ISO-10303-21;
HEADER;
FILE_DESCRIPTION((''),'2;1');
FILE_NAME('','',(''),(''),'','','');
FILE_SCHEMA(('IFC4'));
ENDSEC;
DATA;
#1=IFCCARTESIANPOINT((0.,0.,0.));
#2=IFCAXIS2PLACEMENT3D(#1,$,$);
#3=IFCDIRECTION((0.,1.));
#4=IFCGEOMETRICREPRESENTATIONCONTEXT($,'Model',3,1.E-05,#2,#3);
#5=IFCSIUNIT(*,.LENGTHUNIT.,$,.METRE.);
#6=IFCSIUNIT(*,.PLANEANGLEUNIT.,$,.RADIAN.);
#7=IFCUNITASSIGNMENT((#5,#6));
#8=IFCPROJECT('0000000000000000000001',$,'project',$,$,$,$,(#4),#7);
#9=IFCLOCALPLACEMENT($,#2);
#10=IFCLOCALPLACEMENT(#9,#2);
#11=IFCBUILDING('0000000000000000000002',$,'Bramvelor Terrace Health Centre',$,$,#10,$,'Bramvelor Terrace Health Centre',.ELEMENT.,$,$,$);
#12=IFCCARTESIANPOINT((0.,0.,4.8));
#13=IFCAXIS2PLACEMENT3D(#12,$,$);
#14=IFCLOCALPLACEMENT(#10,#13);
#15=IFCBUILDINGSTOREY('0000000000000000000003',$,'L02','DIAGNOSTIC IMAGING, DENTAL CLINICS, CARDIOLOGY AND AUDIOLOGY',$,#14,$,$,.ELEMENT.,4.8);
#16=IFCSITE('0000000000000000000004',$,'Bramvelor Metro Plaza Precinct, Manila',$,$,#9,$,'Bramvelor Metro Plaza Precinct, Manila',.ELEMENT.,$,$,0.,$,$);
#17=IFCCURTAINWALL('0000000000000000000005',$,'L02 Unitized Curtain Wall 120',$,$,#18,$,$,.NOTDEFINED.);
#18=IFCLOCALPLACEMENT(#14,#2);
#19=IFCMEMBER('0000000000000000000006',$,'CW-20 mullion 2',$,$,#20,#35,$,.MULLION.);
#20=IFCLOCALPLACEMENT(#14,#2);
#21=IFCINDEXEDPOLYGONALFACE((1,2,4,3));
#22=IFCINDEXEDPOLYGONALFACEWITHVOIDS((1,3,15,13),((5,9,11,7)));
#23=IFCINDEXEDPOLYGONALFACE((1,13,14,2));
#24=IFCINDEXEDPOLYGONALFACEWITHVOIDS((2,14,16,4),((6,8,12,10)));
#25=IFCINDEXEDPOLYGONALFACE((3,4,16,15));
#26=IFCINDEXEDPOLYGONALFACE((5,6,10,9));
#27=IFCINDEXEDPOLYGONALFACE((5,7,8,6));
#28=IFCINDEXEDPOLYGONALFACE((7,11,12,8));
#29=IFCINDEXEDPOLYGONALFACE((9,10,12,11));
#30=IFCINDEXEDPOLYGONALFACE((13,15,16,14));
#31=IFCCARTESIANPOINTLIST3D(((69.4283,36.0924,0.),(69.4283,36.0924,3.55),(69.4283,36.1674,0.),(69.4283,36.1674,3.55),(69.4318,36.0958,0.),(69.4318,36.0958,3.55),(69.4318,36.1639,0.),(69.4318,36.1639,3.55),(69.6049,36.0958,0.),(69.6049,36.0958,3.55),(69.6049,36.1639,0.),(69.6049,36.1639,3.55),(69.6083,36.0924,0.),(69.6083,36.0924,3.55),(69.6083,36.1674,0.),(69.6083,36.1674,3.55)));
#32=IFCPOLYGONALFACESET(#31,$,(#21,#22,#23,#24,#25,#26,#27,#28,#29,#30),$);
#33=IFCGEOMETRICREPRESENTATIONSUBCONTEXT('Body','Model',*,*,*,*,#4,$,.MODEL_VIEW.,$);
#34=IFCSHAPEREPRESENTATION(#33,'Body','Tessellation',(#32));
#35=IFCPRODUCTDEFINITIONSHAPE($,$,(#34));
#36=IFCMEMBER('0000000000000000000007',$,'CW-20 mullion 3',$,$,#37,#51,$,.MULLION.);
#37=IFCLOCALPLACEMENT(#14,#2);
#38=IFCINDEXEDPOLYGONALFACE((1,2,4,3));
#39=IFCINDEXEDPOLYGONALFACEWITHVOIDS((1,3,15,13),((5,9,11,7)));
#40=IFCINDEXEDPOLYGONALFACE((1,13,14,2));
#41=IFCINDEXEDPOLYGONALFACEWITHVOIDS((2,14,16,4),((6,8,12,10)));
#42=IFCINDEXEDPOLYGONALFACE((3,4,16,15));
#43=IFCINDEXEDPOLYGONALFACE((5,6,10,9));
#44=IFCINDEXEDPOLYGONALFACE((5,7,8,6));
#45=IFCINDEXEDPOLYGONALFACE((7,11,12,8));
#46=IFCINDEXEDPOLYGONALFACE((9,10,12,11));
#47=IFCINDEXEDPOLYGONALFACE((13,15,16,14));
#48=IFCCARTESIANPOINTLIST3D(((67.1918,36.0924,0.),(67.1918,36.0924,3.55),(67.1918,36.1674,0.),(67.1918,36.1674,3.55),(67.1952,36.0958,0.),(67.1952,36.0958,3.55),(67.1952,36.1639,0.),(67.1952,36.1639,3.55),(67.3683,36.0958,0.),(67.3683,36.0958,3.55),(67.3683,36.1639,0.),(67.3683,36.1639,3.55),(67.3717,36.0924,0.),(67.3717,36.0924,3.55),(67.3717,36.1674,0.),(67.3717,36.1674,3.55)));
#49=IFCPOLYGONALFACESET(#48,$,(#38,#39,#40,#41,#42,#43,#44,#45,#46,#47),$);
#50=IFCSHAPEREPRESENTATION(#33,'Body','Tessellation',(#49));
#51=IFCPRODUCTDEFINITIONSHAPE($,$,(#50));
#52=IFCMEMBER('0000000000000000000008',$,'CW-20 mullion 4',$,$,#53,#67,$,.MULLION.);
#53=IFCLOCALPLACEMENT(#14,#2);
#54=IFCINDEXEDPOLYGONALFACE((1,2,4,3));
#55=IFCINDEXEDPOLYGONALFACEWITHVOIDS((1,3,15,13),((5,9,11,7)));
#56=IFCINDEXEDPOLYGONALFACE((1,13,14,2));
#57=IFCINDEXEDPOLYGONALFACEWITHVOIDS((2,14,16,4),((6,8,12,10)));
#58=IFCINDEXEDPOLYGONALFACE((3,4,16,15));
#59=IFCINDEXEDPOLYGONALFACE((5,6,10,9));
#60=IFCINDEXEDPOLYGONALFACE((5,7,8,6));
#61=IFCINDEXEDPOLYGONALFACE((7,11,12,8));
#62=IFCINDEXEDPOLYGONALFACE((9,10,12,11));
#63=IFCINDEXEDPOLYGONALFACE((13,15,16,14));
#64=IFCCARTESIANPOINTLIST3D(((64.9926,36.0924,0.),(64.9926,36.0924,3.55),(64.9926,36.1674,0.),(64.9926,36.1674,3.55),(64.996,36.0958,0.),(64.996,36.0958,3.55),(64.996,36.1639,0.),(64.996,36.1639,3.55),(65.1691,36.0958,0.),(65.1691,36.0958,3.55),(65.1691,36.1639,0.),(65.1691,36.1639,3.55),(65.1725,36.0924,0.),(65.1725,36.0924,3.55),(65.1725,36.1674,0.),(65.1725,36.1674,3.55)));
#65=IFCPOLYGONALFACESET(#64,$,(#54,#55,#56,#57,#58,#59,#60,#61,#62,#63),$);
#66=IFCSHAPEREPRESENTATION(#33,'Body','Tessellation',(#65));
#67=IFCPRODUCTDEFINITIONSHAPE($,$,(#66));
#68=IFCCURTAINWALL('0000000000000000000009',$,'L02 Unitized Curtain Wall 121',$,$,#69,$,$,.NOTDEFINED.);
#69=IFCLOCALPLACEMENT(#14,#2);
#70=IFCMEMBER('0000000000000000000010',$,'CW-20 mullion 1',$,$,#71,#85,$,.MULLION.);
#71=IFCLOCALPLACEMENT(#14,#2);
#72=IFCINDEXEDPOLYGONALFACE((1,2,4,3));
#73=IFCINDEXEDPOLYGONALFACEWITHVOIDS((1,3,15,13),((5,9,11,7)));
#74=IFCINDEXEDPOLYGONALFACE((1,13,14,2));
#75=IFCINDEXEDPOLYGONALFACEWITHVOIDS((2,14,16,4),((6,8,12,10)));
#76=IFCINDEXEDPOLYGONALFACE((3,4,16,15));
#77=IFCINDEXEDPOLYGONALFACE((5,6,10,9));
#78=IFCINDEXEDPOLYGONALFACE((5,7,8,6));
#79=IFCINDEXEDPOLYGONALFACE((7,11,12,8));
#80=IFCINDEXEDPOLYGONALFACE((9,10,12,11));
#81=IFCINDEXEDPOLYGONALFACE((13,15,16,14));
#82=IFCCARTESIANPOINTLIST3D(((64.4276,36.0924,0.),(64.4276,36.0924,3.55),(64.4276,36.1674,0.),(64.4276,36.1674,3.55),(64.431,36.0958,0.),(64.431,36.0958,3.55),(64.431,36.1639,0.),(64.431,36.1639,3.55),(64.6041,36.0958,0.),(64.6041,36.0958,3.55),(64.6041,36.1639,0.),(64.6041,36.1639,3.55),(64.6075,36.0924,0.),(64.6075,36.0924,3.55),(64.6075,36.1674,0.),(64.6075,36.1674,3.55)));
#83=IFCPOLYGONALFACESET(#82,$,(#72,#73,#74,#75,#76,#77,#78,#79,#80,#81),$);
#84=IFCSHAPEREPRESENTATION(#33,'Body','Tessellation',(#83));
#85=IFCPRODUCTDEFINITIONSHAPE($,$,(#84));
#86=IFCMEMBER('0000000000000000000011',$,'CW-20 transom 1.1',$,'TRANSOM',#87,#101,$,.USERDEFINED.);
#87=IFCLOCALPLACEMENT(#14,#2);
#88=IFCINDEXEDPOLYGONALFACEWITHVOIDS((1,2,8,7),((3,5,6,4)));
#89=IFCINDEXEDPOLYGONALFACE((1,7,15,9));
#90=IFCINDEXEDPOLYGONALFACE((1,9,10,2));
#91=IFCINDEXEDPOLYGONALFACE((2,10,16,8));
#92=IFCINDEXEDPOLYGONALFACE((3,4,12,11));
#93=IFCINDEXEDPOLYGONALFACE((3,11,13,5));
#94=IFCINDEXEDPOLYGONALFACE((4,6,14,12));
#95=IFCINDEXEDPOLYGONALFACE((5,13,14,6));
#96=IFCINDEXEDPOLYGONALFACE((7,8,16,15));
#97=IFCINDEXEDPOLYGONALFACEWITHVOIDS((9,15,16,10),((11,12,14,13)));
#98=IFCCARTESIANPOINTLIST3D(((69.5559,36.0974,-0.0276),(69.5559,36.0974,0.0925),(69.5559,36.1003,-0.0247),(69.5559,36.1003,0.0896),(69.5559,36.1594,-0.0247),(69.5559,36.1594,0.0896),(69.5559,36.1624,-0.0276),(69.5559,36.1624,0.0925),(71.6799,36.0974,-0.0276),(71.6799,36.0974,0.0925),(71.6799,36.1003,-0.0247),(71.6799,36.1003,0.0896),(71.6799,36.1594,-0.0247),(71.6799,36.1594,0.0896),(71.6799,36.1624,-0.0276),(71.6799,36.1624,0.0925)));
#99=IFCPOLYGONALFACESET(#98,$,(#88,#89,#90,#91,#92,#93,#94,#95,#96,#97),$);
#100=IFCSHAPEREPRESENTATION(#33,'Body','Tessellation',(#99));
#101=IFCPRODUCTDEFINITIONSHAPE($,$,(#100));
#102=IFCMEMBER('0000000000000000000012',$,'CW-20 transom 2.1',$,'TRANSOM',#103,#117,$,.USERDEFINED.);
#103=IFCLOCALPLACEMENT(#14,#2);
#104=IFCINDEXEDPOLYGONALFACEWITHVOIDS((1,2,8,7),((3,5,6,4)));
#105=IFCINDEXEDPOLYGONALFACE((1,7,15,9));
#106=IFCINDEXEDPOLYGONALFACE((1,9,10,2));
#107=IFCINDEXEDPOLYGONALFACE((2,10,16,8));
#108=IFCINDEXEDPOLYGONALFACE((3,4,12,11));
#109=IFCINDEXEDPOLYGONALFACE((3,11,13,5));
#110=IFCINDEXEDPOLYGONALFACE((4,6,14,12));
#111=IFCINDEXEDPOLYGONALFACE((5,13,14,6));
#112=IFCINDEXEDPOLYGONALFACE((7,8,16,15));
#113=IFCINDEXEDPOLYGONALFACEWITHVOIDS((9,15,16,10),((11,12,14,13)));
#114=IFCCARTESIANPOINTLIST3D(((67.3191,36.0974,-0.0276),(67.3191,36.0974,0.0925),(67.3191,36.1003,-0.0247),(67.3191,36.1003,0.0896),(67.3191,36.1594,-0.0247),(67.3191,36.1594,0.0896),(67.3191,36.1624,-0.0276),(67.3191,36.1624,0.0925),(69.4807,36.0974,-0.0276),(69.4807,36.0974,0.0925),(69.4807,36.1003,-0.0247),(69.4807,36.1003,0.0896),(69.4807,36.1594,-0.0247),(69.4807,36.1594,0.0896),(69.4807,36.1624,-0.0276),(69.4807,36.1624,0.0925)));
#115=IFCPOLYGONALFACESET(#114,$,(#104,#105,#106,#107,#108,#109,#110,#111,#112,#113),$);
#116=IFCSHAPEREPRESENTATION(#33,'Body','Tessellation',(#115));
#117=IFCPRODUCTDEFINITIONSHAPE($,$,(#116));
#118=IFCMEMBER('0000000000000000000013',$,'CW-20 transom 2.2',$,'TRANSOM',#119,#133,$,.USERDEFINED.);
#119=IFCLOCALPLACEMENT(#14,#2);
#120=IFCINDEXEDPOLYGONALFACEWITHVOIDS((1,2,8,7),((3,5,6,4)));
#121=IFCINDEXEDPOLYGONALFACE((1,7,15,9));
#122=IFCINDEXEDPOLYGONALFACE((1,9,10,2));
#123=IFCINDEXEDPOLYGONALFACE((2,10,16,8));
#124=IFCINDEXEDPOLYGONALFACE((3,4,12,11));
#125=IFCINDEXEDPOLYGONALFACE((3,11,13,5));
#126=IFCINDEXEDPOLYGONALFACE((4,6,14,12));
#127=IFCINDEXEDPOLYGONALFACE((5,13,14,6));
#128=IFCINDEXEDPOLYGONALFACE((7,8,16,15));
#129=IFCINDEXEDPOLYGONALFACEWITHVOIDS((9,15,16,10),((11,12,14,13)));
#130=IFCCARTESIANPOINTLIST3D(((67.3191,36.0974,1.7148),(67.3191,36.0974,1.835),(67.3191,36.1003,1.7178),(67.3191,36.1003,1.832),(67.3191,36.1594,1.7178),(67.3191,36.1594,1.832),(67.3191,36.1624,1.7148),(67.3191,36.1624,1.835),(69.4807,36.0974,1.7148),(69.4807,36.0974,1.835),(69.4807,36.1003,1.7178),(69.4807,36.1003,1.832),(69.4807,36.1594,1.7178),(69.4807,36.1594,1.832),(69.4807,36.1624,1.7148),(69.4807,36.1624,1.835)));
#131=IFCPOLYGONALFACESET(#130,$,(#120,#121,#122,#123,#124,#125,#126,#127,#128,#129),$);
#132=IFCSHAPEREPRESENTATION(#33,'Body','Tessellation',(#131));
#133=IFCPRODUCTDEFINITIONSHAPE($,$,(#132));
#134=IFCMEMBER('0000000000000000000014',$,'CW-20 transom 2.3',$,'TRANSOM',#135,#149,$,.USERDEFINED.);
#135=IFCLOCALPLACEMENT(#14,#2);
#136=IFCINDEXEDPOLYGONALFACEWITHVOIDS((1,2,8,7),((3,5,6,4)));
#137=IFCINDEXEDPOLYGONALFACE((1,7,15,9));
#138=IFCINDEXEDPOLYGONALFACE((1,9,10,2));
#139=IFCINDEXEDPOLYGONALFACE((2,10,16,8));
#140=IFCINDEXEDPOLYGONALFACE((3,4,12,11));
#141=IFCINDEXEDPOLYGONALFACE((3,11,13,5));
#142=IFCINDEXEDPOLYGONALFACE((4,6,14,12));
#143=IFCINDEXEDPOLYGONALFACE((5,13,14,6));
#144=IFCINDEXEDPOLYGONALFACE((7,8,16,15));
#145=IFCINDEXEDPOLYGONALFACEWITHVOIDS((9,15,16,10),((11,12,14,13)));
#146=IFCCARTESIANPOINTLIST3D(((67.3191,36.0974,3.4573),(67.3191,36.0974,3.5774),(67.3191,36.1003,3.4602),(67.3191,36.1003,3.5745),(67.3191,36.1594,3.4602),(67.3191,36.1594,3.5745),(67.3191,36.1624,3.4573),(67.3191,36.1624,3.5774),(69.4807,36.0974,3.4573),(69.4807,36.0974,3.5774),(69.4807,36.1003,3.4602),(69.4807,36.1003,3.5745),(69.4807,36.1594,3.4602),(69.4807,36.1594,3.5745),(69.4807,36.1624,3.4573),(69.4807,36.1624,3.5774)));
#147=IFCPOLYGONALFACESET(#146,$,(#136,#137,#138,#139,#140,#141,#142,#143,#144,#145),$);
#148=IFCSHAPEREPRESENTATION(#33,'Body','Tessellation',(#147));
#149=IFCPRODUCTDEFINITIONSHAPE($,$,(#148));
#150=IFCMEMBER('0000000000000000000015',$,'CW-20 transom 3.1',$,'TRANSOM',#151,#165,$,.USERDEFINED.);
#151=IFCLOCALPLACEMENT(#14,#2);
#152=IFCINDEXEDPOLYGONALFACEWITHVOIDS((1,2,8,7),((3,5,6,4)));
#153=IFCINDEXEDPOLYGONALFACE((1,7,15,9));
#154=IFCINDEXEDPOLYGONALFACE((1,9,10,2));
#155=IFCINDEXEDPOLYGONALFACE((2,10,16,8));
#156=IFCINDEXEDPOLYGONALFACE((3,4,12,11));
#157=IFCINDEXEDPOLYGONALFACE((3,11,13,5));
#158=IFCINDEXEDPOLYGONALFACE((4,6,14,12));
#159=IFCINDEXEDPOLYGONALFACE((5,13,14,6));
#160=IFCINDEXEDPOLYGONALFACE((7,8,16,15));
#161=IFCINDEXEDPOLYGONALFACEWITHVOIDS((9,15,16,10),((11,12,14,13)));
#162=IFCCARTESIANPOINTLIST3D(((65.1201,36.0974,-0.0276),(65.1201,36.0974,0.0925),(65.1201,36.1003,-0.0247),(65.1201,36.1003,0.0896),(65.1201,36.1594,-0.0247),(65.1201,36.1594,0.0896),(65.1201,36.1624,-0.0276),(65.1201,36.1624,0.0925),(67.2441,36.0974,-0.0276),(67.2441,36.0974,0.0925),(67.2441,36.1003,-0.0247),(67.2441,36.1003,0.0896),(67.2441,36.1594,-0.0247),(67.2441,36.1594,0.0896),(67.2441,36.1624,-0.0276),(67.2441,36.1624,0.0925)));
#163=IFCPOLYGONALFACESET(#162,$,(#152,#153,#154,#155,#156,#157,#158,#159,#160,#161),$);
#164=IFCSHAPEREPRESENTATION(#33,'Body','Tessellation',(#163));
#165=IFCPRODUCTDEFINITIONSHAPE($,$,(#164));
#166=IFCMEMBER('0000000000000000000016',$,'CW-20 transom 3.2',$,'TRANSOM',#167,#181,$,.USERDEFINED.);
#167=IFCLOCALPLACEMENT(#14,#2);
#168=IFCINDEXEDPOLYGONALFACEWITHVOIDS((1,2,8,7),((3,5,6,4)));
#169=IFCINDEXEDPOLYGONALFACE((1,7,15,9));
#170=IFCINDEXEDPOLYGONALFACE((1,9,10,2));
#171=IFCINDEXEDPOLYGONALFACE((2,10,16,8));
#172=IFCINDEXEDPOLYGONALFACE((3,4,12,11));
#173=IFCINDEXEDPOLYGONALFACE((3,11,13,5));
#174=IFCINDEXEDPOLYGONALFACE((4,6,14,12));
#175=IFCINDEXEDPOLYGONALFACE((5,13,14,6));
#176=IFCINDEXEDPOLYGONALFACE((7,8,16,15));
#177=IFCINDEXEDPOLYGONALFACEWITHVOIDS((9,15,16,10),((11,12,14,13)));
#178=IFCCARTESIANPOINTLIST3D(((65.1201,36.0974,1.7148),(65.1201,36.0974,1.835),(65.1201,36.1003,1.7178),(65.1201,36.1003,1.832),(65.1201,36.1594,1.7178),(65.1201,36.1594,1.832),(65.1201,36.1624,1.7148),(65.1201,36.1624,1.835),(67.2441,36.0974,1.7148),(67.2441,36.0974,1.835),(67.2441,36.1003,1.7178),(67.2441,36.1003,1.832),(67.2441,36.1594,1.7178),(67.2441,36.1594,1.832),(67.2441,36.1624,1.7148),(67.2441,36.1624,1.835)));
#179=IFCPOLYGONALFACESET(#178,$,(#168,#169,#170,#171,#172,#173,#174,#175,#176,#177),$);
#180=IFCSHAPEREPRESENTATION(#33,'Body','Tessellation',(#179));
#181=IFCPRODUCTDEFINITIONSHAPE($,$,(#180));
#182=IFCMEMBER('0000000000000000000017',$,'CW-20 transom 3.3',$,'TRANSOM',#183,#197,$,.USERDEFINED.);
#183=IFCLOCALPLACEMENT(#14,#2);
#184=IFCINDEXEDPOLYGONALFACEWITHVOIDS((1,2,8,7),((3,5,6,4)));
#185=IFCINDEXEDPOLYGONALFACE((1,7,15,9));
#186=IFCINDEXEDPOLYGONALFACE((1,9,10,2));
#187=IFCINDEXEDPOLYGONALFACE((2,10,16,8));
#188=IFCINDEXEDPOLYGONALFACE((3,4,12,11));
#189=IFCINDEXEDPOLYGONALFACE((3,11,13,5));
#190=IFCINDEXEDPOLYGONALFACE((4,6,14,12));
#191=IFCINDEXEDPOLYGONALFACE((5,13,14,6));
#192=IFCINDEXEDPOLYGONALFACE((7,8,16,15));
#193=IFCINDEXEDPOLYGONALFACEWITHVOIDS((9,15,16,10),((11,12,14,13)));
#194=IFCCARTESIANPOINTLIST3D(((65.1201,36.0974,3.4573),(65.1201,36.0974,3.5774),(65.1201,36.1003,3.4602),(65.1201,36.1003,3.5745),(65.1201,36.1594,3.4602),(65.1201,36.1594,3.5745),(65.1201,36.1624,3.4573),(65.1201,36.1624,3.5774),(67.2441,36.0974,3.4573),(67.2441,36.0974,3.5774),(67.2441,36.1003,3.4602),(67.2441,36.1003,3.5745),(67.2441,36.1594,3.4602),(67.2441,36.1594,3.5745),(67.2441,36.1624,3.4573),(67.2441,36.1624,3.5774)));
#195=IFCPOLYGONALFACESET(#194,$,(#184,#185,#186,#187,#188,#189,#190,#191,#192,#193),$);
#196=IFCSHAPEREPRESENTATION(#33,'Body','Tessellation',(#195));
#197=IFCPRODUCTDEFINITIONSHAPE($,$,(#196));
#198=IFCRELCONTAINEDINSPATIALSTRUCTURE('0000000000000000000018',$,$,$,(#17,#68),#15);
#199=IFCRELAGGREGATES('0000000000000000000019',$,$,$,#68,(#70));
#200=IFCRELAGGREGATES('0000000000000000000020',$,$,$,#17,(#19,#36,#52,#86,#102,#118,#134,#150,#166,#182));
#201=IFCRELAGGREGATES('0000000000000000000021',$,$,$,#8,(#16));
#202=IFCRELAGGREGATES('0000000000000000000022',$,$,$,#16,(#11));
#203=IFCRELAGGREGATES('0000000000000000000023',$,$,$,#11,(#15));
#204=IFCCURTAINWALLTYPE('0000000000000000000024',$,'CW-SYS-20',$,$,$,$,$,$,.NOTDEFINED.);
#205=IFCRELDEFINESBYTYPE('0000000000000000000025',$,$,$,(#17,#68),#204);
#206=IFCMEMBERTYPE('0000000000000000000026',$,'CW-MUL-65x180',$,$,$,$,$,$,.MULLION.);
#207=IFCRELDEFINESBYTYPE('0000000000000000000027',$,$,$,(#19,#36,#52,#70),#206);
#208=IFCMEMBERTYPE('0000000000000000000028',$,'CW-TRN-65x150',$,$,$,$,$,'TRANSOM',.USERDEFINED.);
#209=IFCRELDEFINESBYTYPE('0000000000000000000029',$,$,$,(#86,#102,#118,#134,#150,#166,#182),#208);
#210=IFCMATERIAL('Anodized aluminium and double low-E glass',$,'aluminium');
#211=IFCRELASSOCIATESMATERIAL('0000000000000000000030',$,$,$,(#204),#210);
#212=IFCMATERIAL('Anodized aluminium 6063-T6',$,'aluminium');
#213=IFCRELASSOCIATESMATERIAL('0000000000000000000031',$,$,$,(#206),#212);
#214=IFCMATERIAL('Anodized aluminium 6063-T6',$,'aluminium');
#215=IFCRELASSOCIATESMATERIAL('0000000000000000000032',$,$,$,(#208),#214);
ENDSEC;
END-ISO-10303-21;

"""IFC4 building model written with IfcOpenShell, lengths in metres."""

from ifc_helpers import new_model, si_unit, direction, frame, origin, origin_2d, place, context, subcontext, project, spatial, hollow_rectangle, extrude, material, material_profile, profile_set, type_object, element, aggregate, save


model = new_model("IFC4")

# Units and contexts
model_context = context("Model", 3, precision=1e-05, world=origin(), true_north=direction((0.0, 1.0)))
body_context = subcontext(model_context, "Body", "Model", "MODEL_VIEW")
ifc_project = project(units=[si_unit("LENGTHUNIT", "METRE"), si_unit("PLANEANGLEUNIT", "RADIAN")], contexts=[model_context])

# Site, building, storey
site_placement = place(None, origin())
site = spatial("IfcSite", under=ifc_project, at=site_placement, Name="Bramvelor Metro Plaza Precinct, Manila", LongName="Bramvelor Metro Plaza Precinct, Manila", CompositionType="ELEMENT", RefElevation=0.0)
building_placement = place(site_placement, origin())
building = spatial("IfcBuilding", under=site, at=building_placement, Name="Bramvelor Terrace Health Centre", LongName="Bramvelor Terrace Health Centre", CompositionType="ELEMENT")
storey_placement = place(building_placement, frame((0.0, 0.0, 4.8)))
storey = spatial("IfcBuildingStorey", under=building, at=storey_placement, Name="L02", Description="DIAGNOSTIC IMAGING, DENTAL CLINICS, CARDIOLOGY AND AUDIOLOGY", CompositionType="ELEMENT", Elevation=4.8)

# Curtain wall, members
ifc_material_1 = material(Name="Anodized aluminium and double low-E glass", Category="aluminium")
curtain_wall_type = type_object("IfcCurtainWallType", Name="CW-SYS-20", PredefinedType="NOTDEFINED", material=ifc_material_1)
curtain_wall_1_placement = place(storey_placement, origin())
curtain_wall_1 = element("IfcCurtainWall", 1, at=curtain_wall_1_placement, inside=storey, type_object=curtain_wall_type, Name="L02 Unitized Curtain Wall 120", PredefinedType="NOTDEFINED")
ifc_material_2 = material(Name="Anodized aluminium 6063-T6", Category="aluminium")
ifc_material_profile_1 = material_profile(ifc_material_2, hollow_rectangle(XDim=0.075, YDim=0.1799, WallThickness=0.0034, at=origin_2d()), Name="ALU-MUL 75x180x3.5")
ifc_profile_set_1 = profile_set([ifc_material_profile_1], Name="Anodized aluminium 6063-T6")
member_type_1 = type_object("IfcMemberType", Name="CW-MUL-65x180", PredefinedType="MULLION", material=ifc_profile_set_1)
member_1_placement = place(storey_placement, frame((69.5183, 36.1299, 0.0), z_axis=(0.0, 0.0, 1.0), x_axis=(0.0, -1.0, 0.0)))
member_1 = element("IfcMember", 2, at=member_1_placement, type_object=member_type_1, Name="CW-20 mullion 2", PredefinedType="MULLION", context=body_context, shape_type="SweptSolid", body=[
    extrude(hollow_rectangle(XDim=0.075, YDim=0.1799, WallThickness=0.0034, at=origin_2d()), origin(), (0.0, 0.0, 1.0), 3.55),
])
member_2_placement = place(storey_placement, frame((67.2817, 36.1299, 0.0), z_axis=(0.0, 0.0, 1.0), x_axis=(0.0, -1.0, 0.0)))
member_2 = element("IfcMember", 3, at=member_2_placement, type_object=member_type_1, Name="CW-20 mullion 3", PredefinedType="MULLION", context=body_context, shape_type="SweptSolid", body=[
    extrude(hollow_rectangle(XDim=0.075, YDim=0.1799, WallThickness=0.0034, at=origin_2d()), origin(), (0.0, 0.0, 1.0), 3.55),
])
member_3_placement = place(storey_placement, frame((65.0825, 36.1299, 0.0), z_axis=(0.0, 0.0, 1.0), x_axis=(0.0, -1.0, 0.0)))
member_3 = element("IfcMember", 4, at=member_3_placement, type_object=member_type_1, Name="CW-20 mullion 4", PredefinedType="MULLION", context=body_context, shape_type="SweptSolid", body=[
    extrude(hollow_rectangle(XDim=0.075, YDim=0.1799, WallThickness=0.0034, at=origin_2d()), origin(), (0.0, 0.0, 1.0), 3.55),
])

# Curtain wall, member
curtain_wall_2_placement = place(storey_placement, origin())
curtain_wall_2 = element("IfcCurtainWall", 5, at=curtain_wall_2_placement, inside=storey, type_object=curtain_wall_type, Name="L02 Unitized Curtain Wall 121", PredefinedType="NOTDEFINED")
member_4_placement = place(storey_placement, frame((64.5176, 36.1299, 0.0), z_axis=(0.0, 0.0, 1.0), x_axis=(0.0, -1.0, 0.0)))
member_4 = element("IfcMember", 6, at=member_4_placement, type_object=member_type_1, Name="CW-20 mullion 1", PredefinedType="MULLION", context=body_context, shape_type="SweptSolid", body=[
    extrude(hollow_rectangle(XDim=0.075, YDim=0.1799, WallThickness=0.0034, at=origin_2d()), origin(), (0.0, 0.0, 1.0), 3.55),
])

# Members
ifc_material_3 = material(Name="Anodized aluminium 6063-T6", Category="aluminium")
ifc_material_profile_2 = material_profile(ifc_material_3, hollow_rectangle(XDim=0.0649, YDim=0.1201, WallThickness=0.0029, at=origin_2d()), Name="ALU-TRN 65x120x3.0")
ifc_profile_set_2 = profile_set([ifc_material_profile_2], Name="Anodized aluminium 6063-T6")
member_type_2 = type_object("IfcMemberType", Name="CW-TRN-65x150", ElementType="TRANSOM", PredefinedType="USERDEFINED", material=ifc_profile_set_2)
member_5_placement = place(storey_placement, frame((71.6799, 36.1299, 0.0325), z_axis=(-1.0, 0.0, 0.0), x_axis=(0.0, -1.0, 0.0)))
member_5 = element("IfcMember", 7, at=member_5_placement, type_object=member_type_2, Name="CW-20 transom 1.1", ObjectType="TRANSOM", PredefinedType="USERDEFINED", context=body_context, shape_type="SweptSolid", body=[
    extrude(hollow_rectangle(XDim=0.0649, YDim=0.1201, WallThickness=0.0029, at=origin_2d()), origin(), (0.0, 0.0, 1.0), 2.124),
])
member_6_placement = place(storey_placement, frame((69.4807, 36.1299, 0.0325), z_axis=(-1.0, 0.0, 0.0), x_axis=(0.0, -1.0, 0.0)))
member_6 = element("IfcMember", 8, at=member_6_placement, type_object=member_type_2, Name="CW-20 transom 2.1", ObjectType="TRANSOM", PredefinedType="USERDEFINED", context=body_context, shape_type="SweptSolid", body=[
    extrude(hollow_rectangle(XDim=0.0649, YDim=0.1201, WallThickness=0.0029, at=origin_2d()), origin(), (0.0, 0.0, 1.0), 2.1616),
])
member_7_placement = place(storey_placement, frame((69.4807, 36.1299, 1.7749), z_axis=(-1.0, 0.0, 0.0), x_axis=(0.0, -1.0, 0.0)))
member_7 = element("IfcMember", 9, at=member_7_placement, type_object=member_type_2, Name="CW-20 transom 2.2", ObjectType="TRANSOM", PredefinedType="USERDEFINED", context=body_context, shape_type="SweptSolid", body=[
    extrude(hollow_rectangle(XDim=0.0649, YDim=0.1201, WallThickness=0.0029, at=origin_2d()), origin(), (0.0, 0.0, 1.0), 2.1616),
])
member_8_placement = place(storey_placement, frame((69.4807, 36.1299, 3.5173), z_axis=(-1.0, 0.0, 0.0), x_axis=(0.0, -1.0, 0.0)))
member_8 = element("IfcMember", 10, at=member_8_placement, type_object=member_type_2, Name="CW-20 transom 2.3", ObjectType="TRANSOM", PredefinedType="USERDEFINED", context=body_context, shape_type="SweptSolid", body=[
    extrude(hollow_rectangle(XDim=0.0649, YDim=0.1201, WallThickness=0.0029, at=origin_2d()), origin(), (0.0, 0.0, 1.0), 2.1616),
])
member_9_placement = place(storey_placement, frame((67.2441, 36.1299, 0.0325), z_axis=(-1.0, 0.0, 0.0), x_axis=(0.0, -1.0, 0.0)))
member_9 = element("IfcMember", 11, at=member_9_placement, type_object=member_type_2, Name="CW-20 transom 3.1", ObjectType="TRANSOM", PredefinedType="USERDEFINED", context=body_context, shape_type="SweptSolid", body=[
    extrude(hollow_rectangle(XDim=0.0649, YDim=0.1201, WallThickness=0.0029, at=origin_2d()), origin(), (0.0, 0.0, 1.0), 2.124),
])
member_10_placement = place(storey_placement, frame((67.2441, 36.1299, 1.7749), z_axis=(-1.0, 0.0, 0.0), x_axis=(0.0, -1.0, 0.0)))
member_10 = element("IfcMember", 12, at=member_10_placement, type_object=member_type_2, Name="CW-20 transom 3.2", ObjectType="TRANSOM", PredefinedType="USERDEFINED", context=body_context, shape_type="SweptSolid", body=[
    extrude(hollow_rectangle(XDim=0.0649, YDim=0.1201, WallThickness=0.0029, at=origin_2d()), origin(), (0.0, 0.0, 1.0), 2.124),
])
member_11_placement = place(storey_placement, frame((67.2441, 36.1299, 3.5173), z_axis=(-1.0, 0.0, 0.0), x_axis=(0.0, -1.0, 0.0)))
member_11 = element("IfcMember", 13, at=member_11_placement, type_object=member_type_2, Name="CW-20 transom 3.3", ObjectType="TRANSOM", PredefinedType="USERDEFINED", context=body_context, shape_type="SweptSolid", body=[
    extrude(hollow_rectangle(XDim=0.0649, YDim=0.1201, WallThickness=0.0029, at=origin_2d()), origin(), (0.0, 0.0, 1.0), 2.124),
])
aggregate(curtain_wall_2, [member_4])

aggregate(curtain_wall_1, [member_1, member_2, member_3, member_5, member_6, member_7, member_8, member_9, member_10, member_11])

save(model, "model.ifc")
